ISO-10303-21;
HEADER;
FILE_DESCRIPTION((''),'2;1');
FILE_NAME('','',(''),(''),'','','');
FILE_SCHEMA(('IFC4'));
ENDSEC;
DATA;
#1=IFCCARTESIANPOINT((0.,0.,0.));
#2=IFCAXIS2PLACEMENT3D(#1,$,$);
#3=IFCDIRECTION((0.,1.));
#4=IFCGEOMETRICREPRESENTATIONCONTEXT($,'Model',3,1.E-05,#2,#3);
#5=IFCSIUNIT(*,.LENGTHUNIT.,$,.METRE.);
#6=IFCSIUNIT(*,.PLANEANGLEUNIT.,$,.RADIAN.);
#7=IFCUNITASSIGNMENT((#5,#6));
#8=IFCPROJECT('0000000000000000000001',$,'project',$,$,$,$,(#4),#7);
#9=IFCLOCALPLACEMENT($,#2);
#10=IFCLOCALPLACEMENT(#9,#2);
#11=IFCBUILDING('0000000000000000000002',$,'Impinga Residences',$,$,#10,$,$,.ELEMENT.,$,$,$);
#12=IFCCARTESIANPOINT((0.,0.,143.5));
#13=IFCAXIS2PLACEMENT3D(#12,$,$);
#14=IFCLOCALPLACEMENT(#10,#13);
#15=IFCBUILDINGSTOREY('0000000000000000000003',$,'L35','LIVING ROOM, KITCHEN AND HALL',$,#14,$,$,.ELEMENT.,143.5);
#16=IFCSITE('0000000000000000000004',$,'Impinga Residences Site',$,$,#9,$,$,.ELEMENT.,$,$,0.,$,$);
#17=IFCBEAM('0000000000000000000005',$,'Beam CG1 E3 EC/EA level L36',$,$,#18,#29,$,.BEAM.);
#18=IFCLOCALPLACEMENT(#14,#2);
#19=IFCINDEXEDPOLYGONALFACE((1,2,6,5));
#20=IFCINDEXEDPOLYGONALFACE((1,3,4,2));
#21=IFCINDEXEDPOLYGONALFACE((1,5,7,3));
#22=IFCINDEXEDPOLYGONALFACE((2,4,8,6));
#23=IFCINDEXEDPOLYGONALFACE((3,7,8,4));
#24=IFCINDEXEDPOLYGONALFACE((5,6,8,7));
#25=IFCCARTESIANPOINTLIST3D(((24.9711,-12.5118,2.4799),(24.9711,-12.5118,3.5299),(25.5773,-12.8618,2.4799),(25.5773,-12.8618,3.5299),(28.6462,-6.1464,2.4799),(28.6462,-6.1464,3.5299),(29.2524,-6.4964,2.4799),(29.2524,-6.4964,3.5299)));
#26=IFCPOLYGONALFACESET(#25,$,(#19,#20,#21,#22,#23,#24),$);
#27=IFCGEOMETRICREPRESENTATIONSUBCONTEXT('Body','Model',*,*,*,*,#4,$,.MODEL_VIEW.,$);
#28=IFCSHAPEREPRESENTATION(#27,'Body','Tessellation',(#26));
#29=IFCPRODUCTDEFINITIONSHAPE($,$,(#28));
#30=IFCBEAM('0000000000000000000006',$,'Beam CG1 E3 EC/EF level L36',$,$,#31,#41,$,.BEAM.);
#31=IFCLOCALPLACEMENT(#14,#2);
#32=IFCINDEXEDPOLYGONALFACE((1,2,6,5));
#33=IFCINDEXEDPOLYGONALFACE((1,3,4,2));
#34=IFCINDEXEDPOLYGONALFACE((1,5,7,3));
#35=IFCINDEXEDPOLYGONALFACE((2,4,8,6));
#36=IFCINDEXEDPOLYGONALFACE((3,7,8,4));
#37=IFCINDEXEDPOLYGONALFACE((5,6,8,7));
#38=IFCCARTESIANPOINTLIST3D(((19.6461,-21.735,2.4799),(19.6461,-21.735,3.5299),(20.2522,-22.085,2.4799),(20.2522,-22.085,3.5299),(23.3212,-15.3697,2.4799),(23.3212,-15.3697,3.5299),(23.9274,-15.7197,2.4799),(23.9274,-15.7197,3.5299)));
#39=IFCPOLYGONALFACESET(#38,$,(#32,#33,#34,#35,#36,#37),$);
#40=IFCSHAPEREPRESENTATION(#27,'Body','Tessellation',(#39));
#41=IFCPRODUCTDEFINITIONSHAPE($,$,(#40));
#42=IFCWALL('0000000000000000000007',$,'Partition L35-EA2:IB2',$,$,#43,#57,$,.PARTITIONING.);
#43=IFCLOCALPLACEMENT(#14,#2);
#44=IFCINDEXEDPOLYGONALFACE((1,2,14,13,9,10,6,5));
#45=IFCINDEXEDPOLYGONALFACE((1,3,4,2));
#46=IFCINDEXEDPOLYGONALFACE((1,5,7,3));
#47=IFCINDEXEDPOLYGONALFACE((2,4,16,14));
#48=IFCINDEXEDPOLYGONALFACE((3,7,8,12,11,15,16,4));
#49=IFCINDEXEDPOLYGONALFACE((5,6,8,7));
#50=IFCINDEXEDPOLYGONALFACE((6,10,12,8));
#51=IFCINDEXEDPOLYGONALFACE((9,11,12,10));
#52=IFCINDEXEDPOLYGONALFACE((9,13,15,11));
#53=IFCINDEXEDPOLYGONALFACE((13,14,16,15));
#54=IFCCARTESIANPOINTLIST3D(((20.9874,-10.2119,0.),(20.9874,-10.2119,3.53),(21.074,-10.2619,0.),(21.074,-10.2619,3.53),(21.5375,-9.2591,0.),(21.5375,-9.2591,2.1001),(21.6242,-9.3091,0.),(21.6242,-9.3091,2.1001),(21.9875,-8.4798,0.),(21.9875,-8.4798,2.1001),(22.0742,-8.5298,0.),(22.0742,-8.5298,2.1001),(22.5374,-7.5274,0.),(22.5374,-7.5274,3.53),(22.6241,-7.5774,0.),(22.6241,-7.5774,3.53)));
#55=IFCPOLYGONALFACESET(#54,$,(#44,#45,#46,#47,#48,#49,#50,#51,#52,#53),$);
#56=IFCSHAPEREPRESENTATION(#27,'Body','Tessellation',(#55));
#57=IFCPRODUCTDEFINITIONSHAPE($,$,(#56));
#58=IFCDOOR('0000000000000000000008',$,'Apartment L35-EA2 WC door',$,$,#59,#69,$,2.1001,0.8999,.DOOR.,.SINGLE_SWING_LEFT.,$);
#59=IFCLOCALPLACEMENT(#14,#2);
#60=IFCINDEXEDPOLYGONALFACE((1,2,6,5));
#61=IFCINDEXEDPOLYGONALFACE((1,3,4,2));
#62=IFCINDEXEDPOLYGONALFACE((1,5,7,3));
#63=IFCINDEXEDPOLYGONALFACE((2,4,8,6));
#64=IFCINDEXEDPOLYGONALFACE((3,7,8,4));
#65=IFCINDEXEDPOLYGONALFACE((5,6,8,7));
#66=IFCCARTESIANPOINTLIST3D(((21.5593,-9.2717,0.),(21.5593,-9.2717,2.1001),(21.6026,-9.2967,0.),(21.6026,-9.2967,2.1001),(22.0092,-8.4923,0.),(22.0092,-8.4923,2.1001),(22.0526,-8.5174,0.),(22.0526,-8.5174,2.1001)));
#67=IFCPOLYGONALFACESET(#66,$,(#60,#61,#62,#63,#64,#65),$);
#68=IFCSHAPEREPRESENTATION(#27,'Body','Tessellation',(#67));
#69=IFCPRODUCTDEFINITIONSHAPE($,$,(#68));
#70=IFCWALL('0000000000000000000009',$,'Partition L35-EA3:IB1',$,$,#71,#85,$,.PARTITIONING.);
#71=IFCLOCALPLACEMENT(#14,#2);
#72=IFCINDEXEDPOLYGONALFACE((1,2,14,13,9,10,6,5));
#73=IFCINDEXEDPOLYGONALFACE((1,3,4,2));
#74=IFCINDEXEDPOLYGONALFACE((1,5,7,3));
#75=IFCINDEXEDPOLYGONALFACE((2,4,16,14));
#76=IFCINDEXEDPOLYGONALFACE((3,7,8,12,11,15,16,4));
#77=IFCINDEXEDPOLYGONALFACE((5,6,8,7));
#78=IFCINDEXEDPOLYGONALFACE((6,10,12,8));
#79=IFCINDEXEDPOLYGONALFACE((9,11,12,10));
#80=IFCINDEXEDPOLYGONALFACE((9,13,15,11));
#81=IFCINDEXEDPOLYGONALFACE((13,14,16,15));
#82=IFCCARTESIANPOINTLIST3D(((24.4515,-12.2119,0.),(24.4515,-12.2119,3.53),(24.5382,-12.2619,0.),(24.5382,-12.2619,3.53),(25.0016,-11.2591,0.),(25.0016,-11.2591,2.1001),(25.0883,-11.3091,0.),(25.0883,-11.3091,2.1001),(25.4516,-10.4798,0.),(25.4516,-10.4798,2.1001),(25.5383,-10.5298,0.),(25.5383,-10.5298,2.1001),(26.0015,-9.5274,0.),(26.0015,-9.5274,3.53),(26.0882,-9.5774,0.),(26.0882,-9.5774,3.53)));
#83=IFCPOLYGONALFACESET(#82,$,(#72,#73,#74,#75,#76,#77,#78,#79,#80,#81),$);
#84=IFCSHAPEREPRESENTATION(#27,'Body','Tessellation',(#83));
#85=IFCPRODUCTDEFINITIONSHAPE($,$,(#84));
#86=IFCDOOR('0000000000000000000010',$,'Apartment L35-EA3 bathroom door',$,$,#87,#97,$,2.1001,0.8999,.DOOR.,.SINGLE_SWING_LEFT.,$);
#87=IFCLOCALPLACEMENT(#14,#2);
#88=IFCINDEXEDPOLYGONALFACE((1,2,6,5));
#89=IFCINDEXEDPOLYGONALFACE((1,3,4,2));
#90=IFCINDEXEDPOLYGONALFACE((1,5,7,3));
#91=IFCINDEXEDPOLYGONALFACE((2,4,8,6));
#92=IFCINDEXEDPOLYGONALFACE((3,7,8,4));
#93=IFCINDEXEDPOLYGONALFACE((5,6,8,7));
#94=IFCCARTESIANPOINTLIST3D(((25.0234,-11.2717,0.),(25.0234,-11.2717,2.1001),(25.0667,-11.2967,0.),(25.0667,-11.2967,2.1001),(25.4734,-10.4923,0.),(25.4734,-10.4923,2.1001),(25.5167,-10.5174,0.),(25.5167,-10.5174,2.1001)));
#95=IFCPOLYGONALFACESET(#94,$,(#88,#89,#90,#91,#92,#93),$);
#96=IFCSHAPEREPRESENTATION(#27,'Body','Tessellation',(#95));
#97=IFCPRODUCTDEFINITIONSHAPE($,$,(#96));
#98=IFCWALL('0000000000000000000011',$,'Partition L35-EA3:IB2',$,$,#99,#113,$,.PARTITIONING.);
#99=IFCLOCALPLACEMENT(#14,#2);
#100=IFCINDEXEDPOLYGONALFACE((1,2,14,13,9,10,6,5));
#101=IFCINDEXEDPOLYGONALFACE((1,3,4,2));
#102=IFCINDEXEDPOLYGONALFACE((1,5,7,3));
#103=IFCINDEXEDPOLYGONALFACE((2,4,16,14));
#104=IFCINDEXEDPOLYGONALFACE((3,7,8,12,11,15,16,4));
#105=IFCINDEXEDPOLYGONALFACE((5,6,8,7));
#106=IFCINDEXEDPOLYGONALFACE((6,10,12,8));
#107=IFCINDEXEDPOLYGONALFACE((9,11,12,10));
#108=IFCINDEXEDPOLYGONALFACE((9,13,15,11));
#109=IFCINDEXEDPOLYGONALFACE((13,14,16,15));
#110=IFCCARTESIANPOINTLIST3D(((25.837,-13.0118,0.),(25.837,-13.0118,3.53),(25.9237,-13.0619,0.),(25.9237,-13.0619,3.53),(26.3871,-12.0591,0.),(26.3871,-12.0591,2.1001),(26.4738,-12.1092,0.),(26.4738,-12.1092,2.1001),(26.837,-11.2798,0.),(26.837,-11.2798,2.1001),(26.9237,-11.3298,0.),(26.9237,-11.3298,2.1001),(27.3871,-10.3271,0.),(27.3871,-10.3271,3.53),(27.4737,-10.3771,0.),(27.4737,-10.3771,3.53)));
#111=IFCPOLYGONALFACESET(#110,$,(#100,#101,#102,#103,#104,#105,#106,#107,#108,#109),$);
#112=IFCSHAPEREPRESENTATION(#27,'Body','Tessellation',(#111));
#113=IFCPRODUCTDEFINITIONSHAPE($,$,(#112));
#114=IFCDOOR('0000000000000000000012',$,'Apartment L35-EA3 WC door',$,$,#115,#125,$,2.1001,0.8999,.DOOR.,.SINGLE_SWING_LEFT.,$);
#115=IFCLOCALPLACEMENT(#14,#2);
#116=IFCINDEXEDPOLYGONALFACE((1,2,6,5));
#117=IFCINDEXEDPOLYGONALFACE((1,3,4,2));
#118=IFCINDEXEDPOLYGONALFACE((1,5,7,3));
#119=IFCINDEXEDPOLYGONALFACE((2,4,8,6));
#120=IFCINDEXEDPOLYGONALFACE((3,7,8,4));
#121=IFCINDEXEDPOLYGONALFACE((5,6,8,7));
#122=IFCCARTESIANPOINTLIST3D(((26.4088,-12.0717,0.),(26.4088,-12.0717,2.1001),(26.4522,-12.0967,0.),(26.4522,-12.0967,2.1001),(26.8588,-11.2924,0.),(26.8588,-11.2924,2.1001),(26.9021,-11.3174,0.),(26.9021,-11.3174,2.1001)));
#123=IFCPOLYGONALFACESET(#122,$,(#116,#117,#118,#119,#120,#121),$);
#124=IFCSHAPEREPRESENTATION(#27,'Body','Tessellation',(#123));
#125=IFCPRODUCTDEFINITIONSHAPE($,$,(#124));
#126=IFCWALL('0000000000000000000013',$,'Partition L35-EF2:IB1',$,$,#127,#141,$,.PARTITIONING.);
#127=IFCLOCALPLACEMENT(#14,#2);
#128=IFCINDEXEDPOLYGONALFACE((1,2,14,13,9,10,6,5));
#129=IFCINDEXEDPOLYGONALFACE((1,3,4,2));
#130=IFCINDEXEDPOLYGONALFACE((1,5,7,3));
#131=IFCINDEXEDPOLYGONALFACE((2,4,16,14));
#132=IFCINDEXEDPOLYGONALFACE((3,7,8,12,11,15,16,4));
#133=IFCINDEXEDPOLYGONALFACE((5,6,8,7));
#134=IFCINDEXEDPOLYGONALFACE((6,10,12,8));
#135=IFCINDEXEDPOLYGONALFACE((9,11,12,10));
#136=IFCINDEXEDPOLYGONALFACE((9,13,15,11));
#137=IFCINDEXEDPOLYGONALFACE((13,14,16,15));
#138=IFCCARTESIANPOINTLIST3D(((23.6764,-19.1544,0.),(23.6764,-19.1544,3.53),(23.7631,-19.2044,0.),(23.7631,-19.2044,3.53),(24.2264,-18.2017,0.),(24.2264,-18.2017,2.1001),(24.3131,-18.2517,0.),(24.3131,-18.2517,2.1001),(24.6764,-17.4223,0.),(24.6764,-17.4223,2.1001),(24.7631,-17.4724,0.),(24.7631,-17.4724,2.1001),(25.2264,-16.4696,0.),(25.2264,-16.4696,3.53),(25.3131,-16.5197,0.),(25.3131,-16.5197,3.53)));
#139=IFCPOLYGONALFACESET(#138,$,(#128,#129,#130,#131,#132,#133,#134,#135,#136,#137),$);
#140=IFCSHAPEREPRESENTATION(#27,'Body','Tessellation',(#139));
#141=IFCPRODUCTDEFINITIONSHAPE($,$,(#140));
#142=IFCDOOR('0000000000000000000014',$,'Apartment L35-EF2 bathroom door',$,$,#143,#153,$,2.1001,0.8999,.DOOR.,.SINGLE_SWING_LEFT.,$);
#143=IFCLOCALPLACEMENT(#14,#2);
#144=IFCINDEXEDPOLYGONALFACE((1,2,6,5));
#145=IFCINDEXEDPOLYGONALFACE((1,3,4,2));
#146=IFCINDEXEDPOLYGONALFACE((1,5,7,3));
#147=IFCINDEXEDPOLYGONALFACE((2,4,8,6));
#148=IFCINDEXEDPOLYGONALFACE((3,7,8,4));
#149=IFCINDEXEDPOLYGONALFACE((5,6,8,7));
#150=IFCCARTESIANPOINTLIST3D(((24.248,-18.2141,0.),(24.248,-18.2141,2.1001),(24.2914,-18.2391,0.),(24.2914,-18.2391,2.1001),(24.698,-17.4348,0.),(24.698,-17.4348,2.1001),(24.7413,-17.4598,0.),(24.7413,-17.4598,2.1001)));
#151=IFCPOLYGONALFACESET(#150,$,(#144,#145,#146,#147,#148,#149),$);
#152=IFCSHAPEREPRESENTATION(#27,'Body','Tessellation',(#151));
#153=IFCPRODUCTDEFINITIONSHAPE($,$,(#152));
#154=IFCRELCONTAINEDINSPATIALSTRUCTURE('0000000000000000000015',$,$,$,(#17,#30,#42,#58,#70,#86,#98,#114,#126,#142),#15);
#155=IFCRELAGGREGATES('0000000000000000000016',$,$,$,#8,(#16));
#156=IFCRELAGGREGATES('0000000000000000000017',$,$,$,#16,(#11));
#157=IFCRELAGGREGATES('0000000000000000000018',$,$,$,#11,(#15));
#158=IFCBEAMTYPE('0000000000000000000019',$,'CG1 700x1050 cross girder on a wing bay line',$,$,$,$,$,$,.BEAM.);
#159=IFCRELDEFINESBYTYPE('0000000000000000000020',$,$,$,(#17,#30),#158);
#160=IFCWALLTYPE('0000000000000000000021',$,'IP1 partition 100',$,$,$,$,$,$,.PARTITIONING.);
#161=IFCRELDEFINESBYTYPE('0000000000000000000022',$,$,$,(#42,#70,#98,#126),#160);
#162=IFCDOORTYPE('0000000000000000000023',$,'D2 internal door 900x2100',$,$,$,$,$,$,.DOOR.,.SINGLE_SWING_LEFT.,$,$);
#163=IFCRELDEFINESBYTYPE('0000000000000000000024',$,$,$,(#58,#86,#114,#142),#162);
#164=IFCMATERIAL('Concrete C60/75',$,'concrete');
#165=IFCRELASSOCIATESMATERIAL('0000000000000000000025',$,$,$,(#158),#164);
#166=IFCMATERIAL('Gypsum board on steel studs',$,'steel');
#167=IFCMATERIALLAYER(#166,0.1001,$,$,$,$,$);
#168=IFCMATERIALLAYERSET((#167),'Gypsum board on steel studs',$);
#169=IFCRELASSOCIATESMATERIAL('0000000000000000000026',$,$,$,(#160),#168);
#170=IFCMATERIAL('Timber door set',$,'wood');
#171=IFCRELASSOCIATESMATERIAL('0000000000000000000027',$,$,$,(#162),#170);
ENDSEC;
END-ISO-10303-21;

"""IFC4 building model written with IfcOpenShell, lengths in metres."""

from ifc_helpers import new_model, si_unit, direction, frame, frame_2d, origin, origin_2d, place, context, subcontext, project, spatial, rectangle, extrude, material, layer, layer_set, material_profile, profile_set, type_object, element, fill, save


model = new_model("IFC4")

# Units and contexts
model_context = context("Model", 3, precision=1e-05, world=origin(), true_north=direction((0.0, 1.0)))
body_context = subcontext(model_context, "Body", "Model", "MODEL_VIEW")
ifc_project = project(units=[si_unit("LENGTHUNIT", "METRE"), si_unit("PLANEANGLEUNIT", "RADIAN")], contexts=[model_context])

# Site, building, storey
site_placement = place(None, origin())
site = spatial("IfcSite", under=ifc_project, at=site_placement, Name="Impinga Residences Site", CompositionType="ELEMENT", RefElevation=0.0)
building_placement = place(site_placement, origin())
building = spatial("IfcBuilding", under=site, at=building_placement, Name="Impinga Residences", CompositionType="ELEMENT")
storey_placement = place(building_placement, frame((0.0, 0.0, 143.5)))
storey = spatial("IfcBuildingStorey", under=building, at=storey_placement, Name="L35", Description="LIVING ROOM, KITCHEN AND HALL", CompositionType="ELEMENT", Elevation=143.5)

# Beams
ifc_material_1 = material(Name="Concrete C60/75", Category="concrete")
ifc_material_profile = material_profile(ifc_material_1, rectangle(XDim=0.7, YDim=1.05, at=origin_2d()), Name="RC 700x1050")
ifc_profile_set = profile_set([ifc_material_profile], Name="Concrete C60/75")
beam_type = type_object("IfcBeamType", Name="CG1 700x1050 cross girder on a wing bay line", PredefinedType="BEAM", material=ifc_profile_set)
for number, where, z_axis, x_axis, name in (
    (1, (25.2742, -12.6868, 3.0049), (0.500008, 0.866021, 0.0), (-0.866021, 0.500008, 0.0), "Beam CG1 E3 EC/EA level L36"),
    (2, (23.6243, -15.5447, 3.0049), (-0.500008, -0.866021, 0.0), (0.866021, -0.500008, 0.0), "Beam CG1 E3 EC/EF level L36"),
):
    element("IfcBeam", number, at=place(storey_placement, frame(where, z_axis=z_axis, x_axis=x_axis)), inside=storey, type_object=beam_type, Name=name, PredefinedType="BEAM", context=body_context, shape_type="SweptSolid", body=[
        extrude(rectangle(XDim=0.7, YDim=1.05, at=origin_2d()), origin(), (0.0, 0.0, 1.0), 7.3501),
    ])

# Walls, openings, doors
ifc_material_2 = material(Name="Gypsum board on steel studs", Category="steel")
ifc_layer_1 = layer(ifc_material_2, 0.1001)
ifc_layer_set_1 = layer_set([ifc_layer_1], Name="Gypsum board on steel studs")
wall_type_1 = type_object("IfcWallType", Name="IP1 partition 100", PredefinedType="PARTITIONING", material=ifc_layer_set_1)
wall_1_placement = place(storey_placement, frame((21.0308, -10.2368, 0.0), z_axis=(0.0, 0.0, 1.0), x_axis=(0.500027, 0.86601, 0.0)))
wall_1 = element("IfcWall", 3, at=wall_1_placement, inside=storey, type_object=wall_type_1, Name="Partition L35-EA2:IB2", PredefinedType="PARTITIONING", context=body_context, shape_type="SweptSolid", body=[
    extrude(rectangle(XDim=3.0999, YDim=0.1001, at=frame_2d((1.5498, 0.0))), origin(), (0.0, 0.0, 1.0), 3.53),
])
opening_1_placement = place(wall_1_placement, frame((1.1001, 0.0, 0.0)))
opening_1 = element("IfcOpeningElement", 4, at=opening_1_placement, cuts=wall_1, PredefinedType="OPENING", context=body_context, shape_type="SweptSolid", body=[
    extrude(rectangle(XDim=0.8999, YDim=2.1001, at=frame_2d((0.45, 1.05))), frame((0.0, 0.0601, 0.0), z_axis=(0.0, -1.0, 0.0), x_axis=(1.0, 0.0, 0.0)), (0.0, 0.0, 1.0), 0.1201),
])
ifc_material_3 = material(Name="Timber door set", Category="wood")
door_type = type_object("IfcDoorType", Name="D2 internal door 900x2100", OperationType="SINGLE_SWING_LEFT", PredefinedType="DOOR", material=ifc_material_3)
door_1_placement = place(opening_1_placement, origin())
door_1 = element("IfcDoor", 5, at=door_1_placement, inside=storey, type_object=door_type, Name="Apartment L35-EA2 WC door", OperationType="SINGLE_SWING_LEFT", OverallHeight=2.1001, OverallWidth=0.8999, PredefinedType="DOOR", context=body_context, shape_type="SweptSolid", body=[
    extrude(rectangle(XDim=0.8999, YDim=2.1001, at=frame_2d((0.45, 1.05))), frame((0.0, 0.0249, 0.0), z_axis=(0.0, -1.0, 0.0), x_axis=(1.0, 0.0, 0.0)), (0.0, 0.0, 1.0), 0.05),
])
fill(opening_1, door_1)
wall_2_placement = place(storey_placement, frame((24.4949, -12.2368, 0.0), z_axis=(0.0, 0.0, 1.0), x_axis=(0.500027, 0.86601, 0.0)))
wall_2 = element("IfcWall", 6, at=wall_2_placement, inside=storey, type_object=wall_type_1, Name="Partition L35-EA3:IB1", PredefinedType="PARTITIONING", context=body_context, shape_type="SweptSolid", body=[
    extrude(rectangle(XDim=3.0999, YDim=0.1001, at=frame_2d((1.5498, 0.0))), origin(), (0.0, 0.0, 1.0), 3.53),
])
opening_2_placement = place(wall_2_placement, frame((1.1001, 0.0, 0.0)))
opening_2 = element("IfcOpeningElement", 7, at=opening_2_placement, cuts=wall_2, PredefinedType="OPENING", context=body_context, shape_type="SweptSolid", body=[
    extrude(rectangle(XDim=0.8999, YDim=2.1001, at=frame_2d((0.45, 1.05))), frame((0.0, 0.0601, 0.0), z_axis=(0.0, -1.0, 0.0), x_axis=(1.0, 0.0, 0.0)), (0.0, 0.0, 1.0), 0.1201),
])
door_2_placement = place(opening_2_placement, origin())
door_2 = element("IfcDoor", 8, at=door_2_placement, inside=storey, type_object=door_type, Name="Apartment L35-EA3 bathroom door", OperationType="SINGLE_SWING_LEFT", OverallHeight=2.1001, OverallWidth=0.8999, PredefinedType="DOOR", context=body_context, shape_type="SweptSolid", body=[
    extrude(rectangle(XDim=0.8999, YDim=2.1001, at=frame_2d((0.45, 1.05))), frame((0.0, 0.0249, 0.0), z_axis=(0.0, -1.0, 0.0), x_axis=(1.0, 0.0, 0.0)), (0.0, 0.0, 1.0), 0.05),
])
fill(opening_2, door_2)
wall_3_placement = place(storey_placement, frame((25.8804, -13.0369, 0.0), z_axis=(0.0, 0.0, 1.0), x_axis=(0.499993, 0.86603, 0.0)))
wall_3 = element("IfcWall", 9, at=wall_3_placement, inside=storey, type_object=wall_type_1, Name="Partition L35-EA3:IB2", PredefinedType="PARTITIONING", context=body_context, shape_type="SweptSolid", body=[
    extrude(rectangle(XDim=3.1001, YDim=0.1001, at=frame_2d((1.55, 0.0))), origin(), (0.0, 0.0, 1.0), 3.53),
])
opening_3_placement = place(wall_3_placement, frame((1.1001, 0.0, 0.0)))
opening_3 = element("IfcOpeningElement", 10, at=opening_3_placement, cuts=wall_3, PredefinedType="OPENING", context=body_context, shape_type="SweptSolid", body=[
    extrude(rectangle(XDim=0.8999, YDim=2.1001, at=frame_2d((0.45, 1.05))), frame((0.0, 0.0601, 0.0), z_axis=(0.0, -1.0, 0.0), x_axis=(1.0, 0.0, 0.0)), (0.0, 0.0, 1.0), 0.1201),
])
door_3_placement = place(opening_3_placement, origin())
door_3 = element("IfcDoor", 11, at=door_3_placement, inside=storey, type_object=door_type, Name="Apartment L35-EA3 WC door", OperationType="SINGLE_SWING_LEFT", OverallHeight=2.1001, OverallWidth=0.8999, PredefinedType="DOOR", context=body_context, shape_type="SweptSolid", body=[
    extrude(rectangle(XDim=0.8999, YDim=2.1001, at=frame_2d((0.45, 1.05))), frame((0.0, 0.0249, 0.0), z_axis=(0.0, -1.0, 0.0), x_axis=(1.0, 0.0, 0.0)), (0.0, 0.0, 1.0), 0.05),
])
fill(opening_3, door_3)
wall_4_placement = place(storey_placement, frame((25.2698, -16.4946, 0.0), z_axis=(0.0, 0.0, 1.0), x_axis=(-0.499993, -0.86603, 0.0)))
wall_4 = element("IfcWall", 12, at=wall_4_placement, inside=storey, type_object=wall_type_1, Name="Partition L35-EF2:IB1", PredefinedType="PARTITIONING", context=body_context, shape_type="SweptSolid", body=[
    extrude(rectangle(XDim=3.1001, YDim=0.1001, at=frame_2d((1.55, 0.0))), origin(), (0.0, 0.0, 1.0), 3.53),
])
opening_4_placement = place(wall_4_placement, frame((1.1001, 0.0, 0.0)))
opening_4 = element("IfcOpeningElement", 13, at=opening_4_placement, cuts=wall_4, PredefinedType="OPENING", context=body_context, shape_type="SweptSolid", body=[
    extrude(rectangle(XDim=0.8999, YDim=2.1001, at=frame_2d((0.45, 1.05))), frame((0.0, 0.0601, 0.0), z_axis=(0.0, -1.0, 0.0), x_axis=(1.0, 0.0, 0.0)), (0.0, 0.0, 1.0), 0.1201),
])
door_4_placement = place(opening_4_placement, origin())
door_4 = element("IfcDoor", 14, at=door_4_placement, inside=storey, type_object=door_type, Name="Apartment L35-EF2 bathroom door", OperationType="SINGLE_SWING_LEFT", OverallHeight=2.1001, OverallWidth=0.8999, PredefinedType="DOOR", context=body_context, shape_type="SweptSolid", body=[
    extrude(rectangle(XDim=0.8999, YDim=2.1001, at=frame_2d((0.45, 1.05))), frame((0.0, 0.0249, 0.0), z_axis=(0.0, -1.0, 0.0), x_axis=(1.0, 0.0, 0.0)), (0.0, 0.0, 1.0), 0.05),
])
fill(opening_4, door_4)

save(model, "model.ifc")
